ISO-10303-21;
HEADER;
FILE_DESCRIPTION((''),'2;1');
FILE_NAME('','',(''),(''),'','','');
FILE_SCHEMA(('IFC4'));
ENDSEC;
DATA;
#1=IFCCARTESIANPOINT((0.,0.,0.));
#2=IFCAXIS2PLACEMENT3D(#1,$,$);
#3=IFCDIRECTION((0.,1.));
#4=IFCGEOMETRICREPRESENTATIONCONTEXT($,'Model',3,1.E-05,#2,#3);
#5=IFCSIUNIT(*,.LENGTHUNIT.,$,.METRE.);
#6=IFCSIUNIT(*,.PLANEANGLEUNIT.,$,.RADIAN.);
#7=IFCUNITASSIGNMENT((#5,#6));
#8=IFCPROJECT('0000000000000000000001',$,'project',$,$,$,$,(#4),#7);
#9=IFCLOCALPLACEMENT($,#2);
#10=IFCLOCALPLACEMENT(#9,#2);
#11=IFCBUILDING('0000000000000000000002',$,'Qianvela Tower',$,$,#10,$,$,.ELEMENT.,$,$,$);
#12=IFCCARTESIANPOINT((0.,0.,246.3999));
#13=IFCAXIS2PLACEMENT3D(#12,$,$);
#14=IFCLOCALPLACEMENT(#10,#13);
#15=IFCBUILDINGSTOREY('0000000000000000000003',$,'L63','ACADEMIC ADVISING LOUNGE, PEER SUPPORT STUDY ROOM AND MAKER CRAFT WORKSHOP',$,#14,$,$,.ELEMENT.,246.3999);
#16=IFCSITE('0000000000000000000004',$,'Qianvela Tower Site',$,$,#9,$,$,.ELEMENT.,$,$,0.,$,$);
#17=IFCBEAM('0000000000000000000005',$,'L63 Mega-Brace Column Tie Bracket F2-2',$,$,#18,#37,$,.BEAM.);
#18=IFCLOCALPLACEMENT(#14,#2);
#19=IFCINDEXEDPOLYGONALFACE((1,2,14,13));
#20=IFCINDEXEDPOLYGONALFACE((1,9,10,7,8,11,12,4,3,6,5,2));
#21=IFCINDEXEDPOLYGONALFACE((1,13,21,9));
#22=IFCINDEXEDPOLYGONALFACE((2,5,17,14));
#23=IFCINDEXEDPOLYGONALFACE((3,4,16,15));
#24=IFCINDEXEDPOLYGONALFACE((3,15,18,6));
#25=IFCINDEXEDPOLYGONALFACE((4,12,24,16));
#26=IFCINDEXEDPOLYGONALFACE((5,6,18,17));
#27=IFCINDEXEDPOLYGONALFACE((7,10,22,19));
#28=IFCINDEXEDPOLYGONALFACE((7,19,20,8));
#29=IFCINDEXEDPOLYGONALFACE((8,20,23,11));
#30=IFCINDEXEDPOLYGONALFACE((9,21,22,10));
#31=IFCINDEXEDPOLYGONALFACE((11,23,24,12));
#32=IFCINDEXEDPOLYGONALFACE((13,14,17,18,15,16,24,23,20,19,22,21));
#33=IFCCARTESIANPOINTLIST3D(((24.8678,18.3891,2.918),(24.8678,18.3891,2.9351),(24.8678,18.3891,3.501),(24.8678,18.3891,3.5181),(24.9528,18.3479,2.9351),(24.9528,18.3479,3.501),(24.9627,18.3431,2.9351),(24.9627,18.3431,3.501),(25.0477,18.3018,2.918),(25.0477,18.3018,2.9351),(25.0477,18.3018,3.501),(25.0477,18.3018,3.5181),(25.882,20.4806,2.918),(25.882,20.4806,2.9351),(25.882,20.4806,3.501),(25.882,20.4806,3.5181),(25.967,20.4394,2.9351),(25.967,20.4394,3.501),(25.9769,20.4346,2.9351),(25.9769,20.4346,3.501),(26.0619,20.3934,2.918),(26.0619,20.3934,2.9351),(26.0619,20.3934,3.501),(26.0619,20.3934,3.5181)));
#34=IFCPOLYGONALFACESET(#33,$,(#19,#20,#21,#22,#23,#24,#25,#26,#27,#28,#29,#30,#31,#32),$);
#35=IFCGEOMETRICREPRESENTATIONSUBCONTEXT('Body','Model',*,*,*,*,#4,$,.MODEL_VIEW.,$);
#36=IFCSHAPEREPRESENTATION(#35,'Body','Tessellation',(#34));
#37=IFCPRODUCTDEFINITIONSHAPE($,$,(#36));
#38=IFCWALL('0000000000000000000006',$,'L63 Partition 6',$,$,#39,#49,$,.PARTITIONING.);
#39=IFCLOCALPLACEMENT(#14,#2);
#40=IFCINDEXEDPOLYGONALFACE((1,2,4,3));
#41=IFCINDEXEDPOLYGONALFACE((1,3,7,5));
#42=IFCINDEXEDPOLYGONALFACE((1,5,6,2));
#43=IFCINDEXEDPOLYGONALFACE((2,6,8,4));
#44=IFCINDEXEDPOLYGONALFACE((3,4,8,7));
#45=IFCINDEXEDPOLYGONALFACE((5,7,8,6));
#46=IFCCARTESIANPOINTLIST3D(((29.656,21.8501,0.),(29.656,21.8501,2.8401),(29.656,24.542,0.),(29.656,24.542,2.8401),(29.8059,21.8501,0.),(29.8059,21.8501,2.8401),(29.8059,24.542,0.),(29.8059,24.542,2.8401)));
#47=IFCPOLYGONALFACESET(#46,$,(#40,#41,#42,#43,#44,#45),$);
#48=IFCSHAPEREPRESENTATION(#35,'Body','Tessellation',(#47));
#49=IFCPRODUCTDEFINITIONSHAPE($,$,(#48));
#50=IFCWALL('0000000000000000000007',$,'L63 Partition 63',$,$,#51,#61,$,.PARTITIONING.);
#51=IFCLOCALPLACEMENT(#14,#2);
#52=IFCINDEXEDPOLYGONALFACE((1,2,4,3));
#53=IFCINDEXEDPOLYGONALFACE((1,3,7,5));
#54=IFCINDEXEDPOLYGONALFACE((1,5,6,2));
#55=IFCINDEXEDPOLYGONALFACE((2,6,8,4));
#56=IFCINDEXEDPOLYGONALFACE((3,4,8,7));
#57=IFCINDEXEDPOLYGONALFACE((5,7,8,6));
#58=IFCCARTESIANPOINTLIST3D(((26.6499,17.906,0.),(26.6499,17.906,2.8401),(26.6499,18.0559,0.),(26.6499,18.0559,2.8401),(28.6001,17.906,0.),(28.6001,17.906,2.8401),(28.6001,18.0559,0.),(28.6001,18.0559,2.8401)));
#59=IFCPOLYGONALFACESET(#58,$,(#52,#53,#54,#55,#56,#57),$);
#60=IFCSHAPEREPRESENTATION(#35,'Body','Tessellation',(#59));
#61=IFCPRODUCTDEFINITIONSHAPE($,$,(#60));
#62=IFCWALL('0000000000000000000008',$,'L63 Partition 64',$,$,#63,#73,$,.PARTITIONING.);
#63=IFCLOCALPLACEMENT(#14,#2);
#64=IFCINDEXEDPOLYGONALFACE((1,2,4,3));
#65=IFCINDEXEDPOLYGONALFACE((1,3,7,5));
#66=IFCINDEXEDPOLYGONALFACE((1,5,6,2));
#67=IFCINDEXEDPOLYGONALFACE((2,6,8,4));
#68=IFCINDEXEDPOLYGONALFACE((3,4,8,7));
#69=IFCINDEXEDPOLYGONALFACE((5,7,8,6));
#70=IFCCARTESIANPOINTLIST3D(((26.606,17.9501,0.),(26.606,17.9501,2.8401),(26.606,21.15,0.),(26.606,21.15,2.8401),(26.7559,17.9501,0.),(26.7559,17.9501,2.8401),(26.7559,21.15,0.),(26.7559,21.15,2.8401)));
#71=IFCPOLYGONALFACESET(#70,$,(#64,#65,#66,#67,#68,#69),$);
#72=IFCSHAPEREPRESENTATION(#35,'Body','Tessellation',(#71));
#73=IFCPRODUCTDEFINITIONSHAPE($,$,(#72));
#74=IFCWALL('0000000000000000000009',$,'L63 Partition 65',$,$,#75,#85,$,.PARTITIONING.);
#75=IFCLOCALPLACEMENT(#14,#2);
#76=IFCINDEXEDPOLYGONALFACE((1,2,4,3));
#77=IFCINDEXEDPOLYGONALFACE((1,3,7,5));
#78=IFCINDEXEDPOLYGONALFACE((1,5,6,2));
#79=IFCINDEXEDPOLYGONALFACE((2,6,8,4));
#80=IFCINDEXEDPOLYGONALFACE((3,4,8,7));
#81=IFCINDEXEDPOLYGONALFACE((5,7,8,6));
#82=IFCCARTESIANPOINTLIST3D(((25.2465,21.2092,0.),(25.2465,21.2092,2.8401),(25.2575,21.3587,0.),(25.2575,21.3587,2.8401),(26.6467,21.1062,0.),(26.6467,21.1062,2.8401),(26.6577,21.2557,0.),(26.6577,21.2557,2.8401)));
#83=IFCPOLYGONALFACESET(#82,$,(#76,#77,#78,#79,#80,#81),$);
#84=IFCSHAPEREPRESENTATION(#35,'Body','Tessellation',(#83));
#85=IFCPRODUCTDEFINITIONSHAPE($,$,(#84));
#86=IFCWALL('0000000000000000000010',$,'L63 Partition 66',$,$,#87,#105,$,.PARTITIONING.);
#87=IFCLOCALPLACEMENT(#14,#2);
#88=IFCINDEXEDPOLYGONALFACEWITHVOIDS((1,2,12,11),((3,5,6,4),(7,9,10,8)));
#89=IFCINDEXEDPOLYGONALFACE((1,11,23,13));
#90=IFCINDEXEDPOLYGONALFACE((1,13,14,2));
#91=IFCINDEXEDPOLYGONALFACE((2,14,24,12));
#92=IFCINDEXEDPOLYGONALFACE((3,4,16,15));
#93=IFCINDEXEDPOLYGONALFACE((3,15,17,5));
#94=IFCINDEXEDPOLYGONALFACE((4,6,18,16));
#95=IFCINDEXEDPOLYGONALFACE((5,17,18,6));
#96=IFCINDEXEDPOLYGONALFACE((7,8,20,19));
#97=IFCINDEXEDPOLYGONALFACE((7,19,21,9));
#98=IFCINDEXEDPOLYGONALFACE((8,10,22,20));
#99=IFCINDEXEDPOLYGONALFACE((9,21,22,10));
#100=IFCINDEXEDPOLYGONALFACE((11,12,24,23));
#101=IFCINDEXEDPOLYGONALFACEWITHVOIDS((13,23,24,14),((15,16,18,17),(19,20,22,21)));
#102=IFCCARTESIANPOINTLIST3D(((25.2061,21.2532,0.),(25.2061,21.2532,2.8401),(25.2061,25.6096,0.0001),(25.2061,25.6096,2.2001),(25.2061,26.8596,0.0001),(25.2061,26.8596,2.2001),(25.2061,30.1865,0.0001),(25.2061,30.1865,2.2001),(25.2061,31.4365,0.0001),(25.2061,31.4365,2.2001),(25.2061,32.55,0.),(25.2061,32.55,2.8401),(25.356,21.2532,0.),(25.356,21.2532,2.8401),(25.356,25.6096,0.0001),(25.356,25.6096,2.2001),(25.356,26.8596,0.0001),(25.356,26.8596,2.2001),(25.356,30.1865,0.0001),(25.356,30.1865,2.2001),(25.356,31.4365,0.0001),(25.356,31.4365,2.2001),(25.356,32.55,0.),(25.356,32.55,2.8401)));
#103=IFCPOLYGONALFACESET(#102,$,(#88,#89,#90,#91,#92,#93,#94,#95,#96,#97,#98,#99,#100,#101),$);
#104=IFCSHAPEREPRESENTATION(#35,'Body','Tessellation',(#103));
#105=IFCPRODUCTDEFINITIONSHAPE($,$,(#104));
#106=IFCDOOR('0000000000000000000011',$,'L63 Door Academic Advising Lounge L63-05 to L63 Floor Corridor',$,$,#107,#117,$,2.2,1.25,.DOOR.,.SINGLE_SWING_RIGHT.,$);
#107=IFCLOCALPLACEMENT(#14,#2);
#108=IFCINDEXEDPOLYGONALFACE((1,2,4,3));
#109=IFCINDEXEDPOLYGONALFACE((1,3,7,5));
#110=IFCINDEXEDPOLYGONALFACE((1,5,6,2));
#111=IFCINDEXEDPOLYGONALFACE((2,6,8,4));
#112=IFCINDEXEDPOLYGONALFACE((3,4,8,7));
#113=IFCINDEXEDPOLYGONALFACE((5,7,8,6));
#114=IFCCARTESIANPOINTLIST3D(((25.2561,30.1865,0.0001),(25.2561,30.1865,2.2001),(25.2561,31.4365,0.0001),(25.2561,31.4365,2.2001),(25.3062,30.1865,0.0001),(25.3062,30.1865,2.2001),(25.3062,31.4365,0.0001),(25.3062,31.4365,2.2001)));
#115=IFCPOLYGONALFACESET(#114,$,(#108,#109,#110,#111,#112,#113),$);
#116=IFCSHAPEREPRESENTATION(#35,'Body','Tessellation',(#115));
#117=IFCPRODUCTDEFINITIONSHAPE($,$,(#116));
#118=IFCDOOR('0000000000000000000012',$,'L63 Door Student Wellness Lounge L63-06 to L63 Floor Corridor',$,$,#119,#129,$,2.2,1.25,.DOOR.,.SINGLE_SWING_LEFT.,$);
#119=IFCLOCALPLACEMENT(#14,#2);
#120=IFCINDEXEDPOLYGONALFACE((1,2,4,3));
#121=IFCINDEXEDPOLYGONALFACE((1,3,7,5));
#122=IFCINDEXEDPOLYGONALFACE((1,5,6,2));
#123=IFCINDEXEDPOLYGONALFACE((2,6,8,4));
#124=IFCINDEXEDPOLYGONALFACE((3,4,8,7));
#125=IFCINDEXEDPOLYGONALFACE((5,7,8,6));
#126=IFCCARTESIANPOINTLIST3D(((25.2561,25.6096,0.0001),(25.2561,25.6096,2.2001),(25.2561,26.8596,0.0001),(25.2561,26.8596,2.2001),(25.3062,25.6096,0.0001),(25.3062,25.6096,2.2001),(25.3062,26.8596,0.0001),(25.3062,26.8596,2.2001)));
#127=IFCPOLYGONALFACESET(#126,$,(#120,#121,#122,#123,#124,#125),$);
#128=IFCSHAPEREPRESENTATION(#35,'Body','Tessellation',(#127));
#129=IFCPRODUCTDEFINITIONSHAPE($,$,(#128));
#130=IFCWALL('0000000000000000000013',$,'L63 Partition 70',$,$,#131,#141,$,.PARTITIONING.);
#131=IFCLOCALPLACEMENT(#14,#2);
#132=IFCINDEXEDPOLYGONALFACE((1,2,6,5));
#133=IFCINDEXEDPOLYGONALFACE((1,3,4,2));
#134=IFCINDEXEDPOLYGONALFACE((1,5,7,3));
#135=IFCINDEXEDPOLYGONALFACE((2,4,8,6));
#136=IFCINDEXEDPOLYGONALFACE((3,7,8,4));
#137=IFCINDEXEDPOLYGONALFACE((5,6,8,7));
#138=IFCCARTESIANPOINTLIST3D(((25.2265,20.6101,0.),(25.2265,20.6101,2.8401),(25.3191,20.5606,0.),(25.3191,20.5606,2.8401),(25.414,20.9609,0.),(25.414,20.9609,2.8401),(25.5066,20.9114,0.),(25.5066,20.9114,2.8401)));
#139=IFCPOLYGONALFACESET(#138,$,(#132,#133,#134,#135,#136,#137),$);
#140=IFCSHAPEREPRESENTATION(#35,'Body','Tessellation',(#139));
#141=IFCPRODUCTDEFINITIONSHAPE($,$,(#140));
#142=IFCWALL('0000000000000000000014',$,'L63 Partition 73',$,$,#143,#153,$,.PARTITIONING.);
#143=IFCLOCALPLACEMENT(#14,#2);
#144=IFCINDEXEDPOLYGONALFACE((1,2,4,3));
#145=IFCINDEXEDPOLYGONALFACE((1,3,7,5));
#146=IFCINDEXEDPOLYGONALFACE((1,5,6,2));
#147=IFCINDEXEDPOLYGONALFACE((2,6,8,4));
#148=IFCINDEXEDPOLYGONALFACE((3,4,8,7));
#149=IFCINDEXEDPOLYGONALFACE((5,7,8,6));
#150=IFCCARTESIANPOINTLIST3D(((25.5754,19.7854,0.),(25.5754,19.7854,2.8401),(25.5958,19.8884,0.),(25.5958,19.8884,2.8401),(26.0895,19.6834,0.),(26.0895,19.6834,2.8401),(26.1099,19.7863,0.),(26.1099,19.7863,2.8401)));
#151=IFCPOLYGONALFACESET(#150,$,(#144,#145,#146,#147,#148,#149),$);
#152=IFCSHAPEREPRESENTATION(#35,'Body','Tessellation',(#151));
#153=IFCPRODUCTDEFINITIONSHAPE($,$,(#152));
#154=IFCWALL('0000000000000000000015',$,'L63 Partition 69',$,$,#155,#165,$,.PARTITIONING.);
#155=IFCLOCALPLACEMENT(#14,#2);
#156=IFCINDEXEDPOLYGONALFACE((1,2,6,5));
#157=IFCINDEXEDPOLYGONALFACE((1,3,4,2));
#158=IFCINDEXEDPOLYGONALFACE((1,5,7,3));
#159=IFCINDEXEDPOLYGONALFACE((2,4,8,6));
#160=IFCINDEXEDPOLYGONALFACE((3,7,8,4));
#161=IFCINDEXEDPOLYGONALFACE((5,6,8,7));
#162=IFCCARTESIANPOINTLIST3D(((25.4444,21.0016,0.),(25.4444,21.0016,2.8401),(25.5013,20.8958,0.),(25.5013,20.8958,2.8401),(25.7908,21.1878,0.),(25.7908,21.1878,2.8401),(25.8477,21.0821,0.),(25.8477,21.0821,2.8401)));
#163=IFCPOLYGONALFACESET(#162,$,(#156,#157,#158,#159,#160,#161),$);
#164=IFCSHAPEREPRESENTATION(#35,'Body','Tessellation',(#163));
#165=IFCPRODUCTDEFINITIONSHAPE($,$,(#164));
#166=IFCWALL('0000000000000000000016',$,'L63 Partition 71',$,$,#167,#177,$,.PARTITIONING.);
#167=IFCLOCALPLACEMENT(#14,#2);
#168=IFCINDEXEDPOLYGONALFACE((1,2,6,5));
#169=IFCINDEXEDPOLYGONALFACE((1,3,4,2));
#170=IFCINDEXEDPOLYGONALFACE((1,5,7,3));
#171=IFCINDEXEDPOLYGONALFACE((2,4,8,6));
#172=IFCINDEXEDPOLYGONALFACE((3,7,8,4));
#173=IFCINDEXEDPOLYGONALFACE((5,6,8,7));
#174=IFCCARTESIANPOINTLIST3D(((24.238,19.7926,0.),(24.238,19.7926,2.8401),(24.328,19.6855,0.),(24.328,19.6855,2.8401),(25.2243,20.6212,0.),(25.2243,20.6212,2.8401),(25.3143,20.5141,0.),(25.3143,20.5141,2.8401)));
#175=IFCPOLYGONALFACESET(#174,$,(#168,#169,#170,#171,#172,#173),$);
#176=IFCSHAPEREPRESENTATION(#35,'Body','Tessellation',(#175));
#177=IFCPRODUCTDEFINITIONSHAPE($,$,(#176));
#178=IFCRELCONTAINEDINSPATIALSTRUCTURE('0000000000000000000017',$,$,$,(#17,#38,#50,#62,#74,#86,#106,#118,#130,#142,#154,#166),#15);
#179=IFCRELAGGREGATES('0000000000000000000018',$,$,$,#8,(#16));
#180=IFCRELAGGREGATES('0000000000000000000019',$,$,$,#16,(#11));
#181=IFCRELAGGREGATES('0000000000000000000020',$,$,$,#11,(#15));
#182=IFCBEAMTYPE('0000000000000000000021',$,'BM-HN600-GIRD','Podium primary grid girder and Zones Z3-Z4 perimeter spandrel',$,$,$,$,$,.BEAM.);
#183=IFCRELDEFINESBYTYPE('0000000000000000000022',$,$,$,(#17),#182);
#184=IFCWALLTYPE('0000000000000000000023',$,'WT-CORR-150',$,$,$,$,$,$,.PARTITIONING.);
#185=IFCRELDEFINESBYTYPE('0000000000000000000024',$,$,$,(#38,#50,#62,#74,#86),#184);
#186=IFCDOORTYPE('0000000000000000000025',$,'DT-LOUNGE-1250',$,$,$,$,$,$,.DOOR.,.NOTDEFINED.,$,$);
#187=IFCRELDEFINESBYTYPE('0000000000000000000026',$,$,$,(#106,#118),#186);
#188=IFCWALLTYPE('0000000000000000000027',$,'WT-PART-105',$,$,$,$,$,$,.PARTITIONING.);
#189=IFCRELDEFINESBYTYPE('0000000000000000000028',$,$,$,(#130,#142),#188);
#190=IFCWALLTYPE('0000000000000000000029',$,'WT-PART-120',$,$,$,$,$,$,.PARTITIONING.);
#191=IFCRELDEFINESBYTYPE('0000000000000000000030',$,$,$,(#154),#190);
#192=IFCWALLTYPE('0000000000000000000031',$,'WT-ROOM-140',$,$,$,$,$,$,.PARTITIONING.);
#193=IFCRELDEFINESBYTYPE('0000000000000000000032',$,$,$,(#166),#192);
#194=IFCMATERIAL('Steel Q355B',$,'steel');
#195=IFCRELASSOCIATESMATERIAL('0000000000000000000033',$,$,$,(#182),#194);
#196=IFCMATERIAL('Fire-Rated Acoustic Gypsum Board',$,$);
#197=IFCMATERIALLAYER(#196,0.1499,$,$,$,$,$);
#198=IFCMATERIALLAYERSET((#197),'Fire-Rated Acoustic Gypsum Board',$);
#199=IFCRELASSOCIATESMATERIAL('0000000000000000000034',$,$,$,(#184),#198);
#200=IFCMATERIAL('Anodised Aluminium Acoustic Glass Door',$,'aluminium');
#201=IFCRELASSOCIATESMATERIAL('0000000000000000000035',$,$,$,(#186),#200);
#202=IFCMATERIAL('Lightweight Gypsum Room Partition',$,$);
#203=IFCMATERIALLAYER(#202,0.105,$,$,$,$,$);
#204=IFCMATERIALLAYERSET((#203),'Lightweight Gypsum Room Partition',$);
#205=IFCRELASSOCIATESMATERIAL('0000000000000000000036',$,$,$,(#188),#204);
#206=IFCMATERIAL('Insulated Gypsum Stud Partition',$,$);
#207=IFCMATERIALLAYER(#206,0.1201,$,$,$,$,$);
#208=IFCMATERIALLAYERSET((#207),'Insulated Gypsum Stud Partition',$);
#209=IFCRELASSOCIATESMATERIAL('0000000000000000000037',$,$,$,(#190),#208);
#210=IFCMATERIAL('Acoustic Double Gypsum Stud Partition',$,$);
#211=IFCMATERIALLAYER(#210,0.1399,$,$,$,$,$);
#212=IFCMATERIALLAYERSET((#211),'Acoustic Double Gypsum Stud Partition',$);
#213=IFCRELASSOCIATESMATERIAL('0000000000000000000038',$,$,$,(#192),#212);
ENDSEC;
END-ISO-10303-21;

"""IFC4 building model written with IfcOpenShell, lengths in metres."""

from ifc_helpers import new_model, si_unit, direction, frame, frame_2d, origin, origin_2d, place, context, subcontext, project, spatial, rectangle, i_section, extrude, material, layer, layer_set, material_profile, profile_set, type_object, element, fill, save


model = new_model("IFC4")

# Units and contexts
model_context = context("Model", 3, precision=1e-05, world=origin(), true_north=direction((0.0, 1.0)))
body_context = subcontext(model_context, "Body", "Model", "MODEL_VIEW")
ifc_project = project(units=[si_unit("LENGTHUNIT", "METRE"), si_unit("PLANEANGLEUNIT", "RADIAN")], contexts=[model_context])

# Site, building, storey
site_placement = place(None, origin())
site = spatial("IfcSite", under=ifc_project, at=site_placement, Name="Qianvela Tower Site", CompositionType="ELEMENT", RefElevation=0.0)
building_placement = place(site_placement, origin())
building = spatial("IfcBuilding", under=site, at=building_placement, Name="Qianvela Tower", CompositionType="ELEMENT")
storey_placement = place(building_placement, frame((0.0, 0.0, 246.3999)))
storey = spatial("IfcBuildingStorey", under=building, at=storey_placement, Name="L63", Description="ACADEMIC ADVISING LOUNGE, PEER SUPPORT STUDY ROOM AND MAKER CRAFT WORKSHOP", CompositionType="ELEMENT", Elevation=246.3999)

# Beam
ifc_material_1 = material(Name="Steel Q355B", Category="steel")
ifc_material_profile_1 = material_profile(ifc_material_1, i_section(OverallWidth=0.2, OverallDepth=0.6001, WebThickness=0.011, FlangeThickness=0.0171, at=origin_2d()), Name="HN600x200x11x17")
ifc_profile_set_1 = profile_set([ifc_material_profile_1], Name="Steel Q355B")
beam_type_1 = type_object("IfcBeamType", Name="BM-HN600-GIRD", Description="Podium primary grid girder and Zones Z3-Z4 perimeter spandrel", PredefinedType="BEAM", material=ifc_profile_set_1)
beam_1_placement = place(storey_placement, frame((25.9719, 20.437, 3.218), z_axis=(-0.436299, -0.899802, 0.0), x_axis=(0.899802, -0.436299, 0.0)))
element("IfcBeam", 1, at=beam_1_placement, inside=storey, type_object=beam_type_1, Name="L63 Mega-Brace Column Tie Bracket F2-2", PredefinedType="BEAM", context=body_context, shape_type="SweptSolid", body=[
    extrude(i_section(OverallWidth=0.2, OverallDepth=0.6001, WebThickness=0.011, FlangeThickness=0.0171, at=origin_2d()), origin(), (0.0, 0.0, 1.0), 2.3245),
])

# Walls
ifc_material_2 = material(Name="Fire-Rated Acoustic Gypsum Board")
ifc_layer_1 = layer(ifc_material_2, 0.1499)
ifc_layer_set_1 = layer_set([ifc_layer_1], Name="Fire-Rated Acoustic Gypsum Board")
wall_type_1 = type_object("IfcWallType", Name="WT-CORR-150", PredefinedType="PARTITIONING", material=ifc_layer_set_1)
wall_1_placement = place(storey_placement, frame((29.731, 21.8501, 0.0), z_axis=(0.0, 0.0, 1.0), x_axis=(0.0, 1.0, 0.0)))
element("IfcWall", 2, at=wall_1_placement, inside=storey, type_object=wall_type_1, Name="L63 Partition 6", PredefinedType="PARTITIONING", context=body_context, shape_type="SweptSolid", body=[
    extrude(rectangle(XDim=2.6919, YDim=0.1499, at=frame_2d((1.3459, 0.0))), origin(), (0.0, 0.0, 1.0), 2.8401),
])
wall_2_placement = place(storey_placement, frame((28.6001, 17.981, 0.0), z_axis=(0.0, 0.0, 1.0), x_axis=(-1.0, 0.0, 0.0)))
element("IfcWall", 3, at=wall_2_placement, inside=storey, type_object=wall_type_1, Name="L63 Partition 63", PredefinedType="PARTITIONING", context=body_context, shape_type="SweptSolid", body=[
    extrude(rectangle(XDim=1.9502, YDim=0.1499, at=frame_2d((0.9751, 0.0))), origin(), (0.0, 0.0, 1.0), 2.8401),
])
wall_3_placement = place(storey_placement, frame((26.6809, 17.95, 0.0), z_axis=(0.0, 0.0, 1.0), x_axis=(0.0, 1.0, 0.0)))
element("IfcWall", 4, at=wall_3_placement, inside=storey, type_object=wall_type_1, Name="L63 Partition 64", PredefinedType="PARTITIONING", context=body_context, shape_type="SweptSolid", body=[
    extrude(rectangle(XDim=3.2, YDim=0.1499, at=frame_2d((1.6001, 0.0))), origin(), (0.0, 0.0, 1.0), 2.8401),
])
wall_4_placement = place(storey_placement, frame((26.6523, 21.1809, 0.0), z_axis=(0.0, 0.0, 1.0), x_axis=(-0.997304, 0.073385, 0.0)))
element("IfcWall", 5, at=wall_4_placement, inside=storey, type_object=wall_type_1, Name="L63 Partition 65", PredefinedType="PARTITIONING", context=body_context, shape_type="SweptSolid", body=[
    extrude(rectangle(XDim=1.4041, YDim=0.1499, at=frame_2d((0.7021, 0.0))), origin(), (0.0, 0.0, 1.0), 2.8401),
])

# Wall, openings, doors
wall_5_placement = place(storey_placement, frame((25.281, 21.2532, 0.0), z_axis=(0.0, 0.0, 1.0), x_axis=(0.0, 1.0, 0.0)))
wall_5 = element("IfcWall", 6, at=wall_5_placement, inside=storey, type_object=wall_type_1, Name="L63 Partition 66", PredefinedType="PARTITIONING", context=body_context, shape_type="SweptSolid", body=[
    extrude(rectangle(XDim=11.2969, YDim=0.1499, at=frame_2d((5.6484, 0.0))), origin(), (0.0, 0.0, 1.0), 2.8401),
])
opening_1_placement = place(wall_5_placement, frame((8.9333, 0.0, 0.0)))
opening_1 = element("IfcOpeningElement", 7, at=opening_1_placement, cuts=wall_5, PredefinedType="OPENING", context=body_context, shape_type="SweptSolid", body=[
    extrude(rectangle(XDim=1.25, YDim=2.2, at=frame_2d((0.625, 1.1001))), frame((0.0, 0.085, 0.0), z_axis=(0.0, -1.0, 0.0), x_axis=(1.0, 0.0, 0.0)), (0.0, 0.0, 1.0), 0.1699),
])
opening_2_placement = place(wall_5_placement, frame((4.3564, 0.0, 0.0)))
opening_2 = element("IfcOpeningElement", 8, at=opening_2_placement, cuts=wall_5, PredefinedType="OPENING", context=body_context, shape_type="SweptSolid", body=[
    extrude(rectangle(XDim=1.25, YDim=2.2, at=frame_2d((0.625, 1.1001))), frame((0.0, 0.085, 0.0), z_axis=(0.0, -1.0, 0.0), x_axis=(1.0, 0.0, 0.0)), (0.0, 0.0, 1.0), 0.1699),
])
ifc_material_3 = material(Name="Anodised Aluminium Acoustic Glass Door", Category="aluminium")
door_type = type_object("IfcDoorType", Name="DT-LOUNGE-1250", OperationType="NOTDEFINED", PredefinedType="DOOR", material=ifc_material_3)
door_1_placement = place(opening_1_placement, origin())
door_1 = element("IfcDoor", 9, at=door_1_placement, inside=storey, type_object=door_type, Name="L63 Door Academic Advising Lounge L63-05 to L63 Floor Corridor", OperationType="SINGLE_SWING_RIGHT", OverallHeight=2.2, OverallWidth=1.25, PredefinedType="DOOR", context=body_context, shape_type="SweptSolid", body=[
    extrude(rectangle(XDim=1.25, YDim=2.2, at=frame_2d((0.625, 1.1001))), frame((0.0, 0.0249, 0.0), z_axis=(0.0, -1.0, 0.0), x_axis=(1.0, 0.0, 0.0)), (0.0, 0.0, 1.0), 0.05),
])
fill(opening_1, door_1)
door_2_placement = place(opening_2_placement, origin())
door_2 = element("IfcDoor", 10, at=door_2_placement, inside=storey, type_object=door_type, Name="L63 Door Student Wellness Lounge L63-06 to L63 Floor Corridor", OperationType="SINGLE_SWING_LEFT", OverallHeight=2.2, OverallWidth=1.25, PredefinedType="DOOR", context=body_context, shape_type="SweptSolid", body=[
    extrude(rectangle(XDim=1.25, YDim=2.2, at=frame_2d((0.625, 1.1001))), frame((0.0, 0.0249, 0.0), z_axis=(0.0, -1.0, 0.0), x_axis=(1.0, 0.0, 0.0)), (0.0, 0.0, 1.0), 0.05),
])
fill(opening_2, door_2)

# Walls
ifc_material_4 = material(Name="Lightweight Gypsum Room Partition")
ifc_layer_2 = layer(ifc_material_4, 0.105)
ifc_layer_set_2 = layer_set([ifc_layer_2], Name="Lightweight Gypsum Room Partition")
wall_type_2 = type_object("IfcWallType", Name="WT-PART-105", PredefinedType="PARTITIONING", material=ifc_layer_set_2)
wall_6_placement = place(storey_placement, frame((25.4602, 20.936, 0.0), z_axis=(0.0, 0.0, 1.0), x_axis=(-0.471353, -0.881945, 0.0)))
element("IfcWall", 11, at=wall_6_placement, inside=storey, type_object=wall_type_2, Name="L63 Partition 70", PredefinedType="PARTITIONING", context=body_context, shape_type="SweptSolid", body=[
    extrude(rectangle(XDim=0.3977, YDim=0.105, at=frame_2d((0.1987, 0.0))), origin(), (0.0, 0.0, 1.0), 2.8401),
])
wall_7_placement = place(storey_placement, frame((25.5854, 19.8369, 0.0), z_axis=(0.0, 0.0, 1.0), x_axis=(0.980866, -0.194683, 0.0)))
element("IfcWall", 12, at=wall_7_placement, inside=storey, type_object=wall_type_2, Name="L63 Partition 73", PredefinedType="PARTITIONING", context=body_context, shape_type="SweptSolid", body=[
    extrude(rectangle(XDim=0.5242, YDim=0.105, at=frame_2d((0.2622, 0.0))), origin(), (0.0, 0.0, 1.0), 2.8401),
])
ifc_material_5 = material(Name="Insulated Gypsum Stud Partition")
ifc_layer_3 = layer(ifc_material_5, 0.1201)
ifc_layer_set_3 = layer_set([ifc_layer_3], Name="Insulated Gypsum Stud Partition")
wall_type_3 = type_object("IfcWallType", Name="WT-PART-120", PredefinedType="PARTITIONING", material=ifc_layer_set_3)
wall_8_placement = place(storey_placement, frame((25.8193, 21.135, 0.0), z_axis=(0.0, 0.0, 1.0), x_axis=(-0.88075, -0.473582, 0.0)))
element("IfcWall", 13, at=wall_8_placement, inside=storey, type_object=wall_type_3, Name="L63 Partition 69", PredefinedType="PARTITIONING", context=body_context, shape_type="SweptSolid", body=[
    extrude(rectangle(XDim=0.3933, YDim=0.1201, at=frame_2d((0.1968, 0.0))), origin(), (0.0, 0.0, 1.0), 2.8401),
])
ifc_material_6 = material(Name="Acoustic Double Gypsum Stud Partition")
ifc_layer_4 = layer(ifc_material_6, 0.1399)
ifc_layer_set_4 = layer_set([ifc_layer_4], Name="Acoustic Double Gypsum Stud Partition")
wall_type_4 = type_object("IfcWallType", Name="WT-ROOM-140", PredefinedType="PARTITIONING", material=ifc_layer_set_4)
wall_9_placement = place(storey_placement, frame((25.2693, 20.5676, 0.0), z_axis=(0.0, 0.0, 1.0), x_axis=(-0.765668, -0.643237, 0.0)))
element("IfcWall", 14, at=wall_9_placement, inside=storey, type_object=wall_type_4, Name="L63 Partition 71", PredefinedType="PARTITIONING", context=body_context, shape_type="SweptSolid", body=[
    extrude(rectangle(XDim=1.2881, YDim=0.1399, at=frame_2d((0.644, 0.0))), origin(), (0.0, 0.0, 1.0), 2.8401),
])

save(model, "model.ifc")
